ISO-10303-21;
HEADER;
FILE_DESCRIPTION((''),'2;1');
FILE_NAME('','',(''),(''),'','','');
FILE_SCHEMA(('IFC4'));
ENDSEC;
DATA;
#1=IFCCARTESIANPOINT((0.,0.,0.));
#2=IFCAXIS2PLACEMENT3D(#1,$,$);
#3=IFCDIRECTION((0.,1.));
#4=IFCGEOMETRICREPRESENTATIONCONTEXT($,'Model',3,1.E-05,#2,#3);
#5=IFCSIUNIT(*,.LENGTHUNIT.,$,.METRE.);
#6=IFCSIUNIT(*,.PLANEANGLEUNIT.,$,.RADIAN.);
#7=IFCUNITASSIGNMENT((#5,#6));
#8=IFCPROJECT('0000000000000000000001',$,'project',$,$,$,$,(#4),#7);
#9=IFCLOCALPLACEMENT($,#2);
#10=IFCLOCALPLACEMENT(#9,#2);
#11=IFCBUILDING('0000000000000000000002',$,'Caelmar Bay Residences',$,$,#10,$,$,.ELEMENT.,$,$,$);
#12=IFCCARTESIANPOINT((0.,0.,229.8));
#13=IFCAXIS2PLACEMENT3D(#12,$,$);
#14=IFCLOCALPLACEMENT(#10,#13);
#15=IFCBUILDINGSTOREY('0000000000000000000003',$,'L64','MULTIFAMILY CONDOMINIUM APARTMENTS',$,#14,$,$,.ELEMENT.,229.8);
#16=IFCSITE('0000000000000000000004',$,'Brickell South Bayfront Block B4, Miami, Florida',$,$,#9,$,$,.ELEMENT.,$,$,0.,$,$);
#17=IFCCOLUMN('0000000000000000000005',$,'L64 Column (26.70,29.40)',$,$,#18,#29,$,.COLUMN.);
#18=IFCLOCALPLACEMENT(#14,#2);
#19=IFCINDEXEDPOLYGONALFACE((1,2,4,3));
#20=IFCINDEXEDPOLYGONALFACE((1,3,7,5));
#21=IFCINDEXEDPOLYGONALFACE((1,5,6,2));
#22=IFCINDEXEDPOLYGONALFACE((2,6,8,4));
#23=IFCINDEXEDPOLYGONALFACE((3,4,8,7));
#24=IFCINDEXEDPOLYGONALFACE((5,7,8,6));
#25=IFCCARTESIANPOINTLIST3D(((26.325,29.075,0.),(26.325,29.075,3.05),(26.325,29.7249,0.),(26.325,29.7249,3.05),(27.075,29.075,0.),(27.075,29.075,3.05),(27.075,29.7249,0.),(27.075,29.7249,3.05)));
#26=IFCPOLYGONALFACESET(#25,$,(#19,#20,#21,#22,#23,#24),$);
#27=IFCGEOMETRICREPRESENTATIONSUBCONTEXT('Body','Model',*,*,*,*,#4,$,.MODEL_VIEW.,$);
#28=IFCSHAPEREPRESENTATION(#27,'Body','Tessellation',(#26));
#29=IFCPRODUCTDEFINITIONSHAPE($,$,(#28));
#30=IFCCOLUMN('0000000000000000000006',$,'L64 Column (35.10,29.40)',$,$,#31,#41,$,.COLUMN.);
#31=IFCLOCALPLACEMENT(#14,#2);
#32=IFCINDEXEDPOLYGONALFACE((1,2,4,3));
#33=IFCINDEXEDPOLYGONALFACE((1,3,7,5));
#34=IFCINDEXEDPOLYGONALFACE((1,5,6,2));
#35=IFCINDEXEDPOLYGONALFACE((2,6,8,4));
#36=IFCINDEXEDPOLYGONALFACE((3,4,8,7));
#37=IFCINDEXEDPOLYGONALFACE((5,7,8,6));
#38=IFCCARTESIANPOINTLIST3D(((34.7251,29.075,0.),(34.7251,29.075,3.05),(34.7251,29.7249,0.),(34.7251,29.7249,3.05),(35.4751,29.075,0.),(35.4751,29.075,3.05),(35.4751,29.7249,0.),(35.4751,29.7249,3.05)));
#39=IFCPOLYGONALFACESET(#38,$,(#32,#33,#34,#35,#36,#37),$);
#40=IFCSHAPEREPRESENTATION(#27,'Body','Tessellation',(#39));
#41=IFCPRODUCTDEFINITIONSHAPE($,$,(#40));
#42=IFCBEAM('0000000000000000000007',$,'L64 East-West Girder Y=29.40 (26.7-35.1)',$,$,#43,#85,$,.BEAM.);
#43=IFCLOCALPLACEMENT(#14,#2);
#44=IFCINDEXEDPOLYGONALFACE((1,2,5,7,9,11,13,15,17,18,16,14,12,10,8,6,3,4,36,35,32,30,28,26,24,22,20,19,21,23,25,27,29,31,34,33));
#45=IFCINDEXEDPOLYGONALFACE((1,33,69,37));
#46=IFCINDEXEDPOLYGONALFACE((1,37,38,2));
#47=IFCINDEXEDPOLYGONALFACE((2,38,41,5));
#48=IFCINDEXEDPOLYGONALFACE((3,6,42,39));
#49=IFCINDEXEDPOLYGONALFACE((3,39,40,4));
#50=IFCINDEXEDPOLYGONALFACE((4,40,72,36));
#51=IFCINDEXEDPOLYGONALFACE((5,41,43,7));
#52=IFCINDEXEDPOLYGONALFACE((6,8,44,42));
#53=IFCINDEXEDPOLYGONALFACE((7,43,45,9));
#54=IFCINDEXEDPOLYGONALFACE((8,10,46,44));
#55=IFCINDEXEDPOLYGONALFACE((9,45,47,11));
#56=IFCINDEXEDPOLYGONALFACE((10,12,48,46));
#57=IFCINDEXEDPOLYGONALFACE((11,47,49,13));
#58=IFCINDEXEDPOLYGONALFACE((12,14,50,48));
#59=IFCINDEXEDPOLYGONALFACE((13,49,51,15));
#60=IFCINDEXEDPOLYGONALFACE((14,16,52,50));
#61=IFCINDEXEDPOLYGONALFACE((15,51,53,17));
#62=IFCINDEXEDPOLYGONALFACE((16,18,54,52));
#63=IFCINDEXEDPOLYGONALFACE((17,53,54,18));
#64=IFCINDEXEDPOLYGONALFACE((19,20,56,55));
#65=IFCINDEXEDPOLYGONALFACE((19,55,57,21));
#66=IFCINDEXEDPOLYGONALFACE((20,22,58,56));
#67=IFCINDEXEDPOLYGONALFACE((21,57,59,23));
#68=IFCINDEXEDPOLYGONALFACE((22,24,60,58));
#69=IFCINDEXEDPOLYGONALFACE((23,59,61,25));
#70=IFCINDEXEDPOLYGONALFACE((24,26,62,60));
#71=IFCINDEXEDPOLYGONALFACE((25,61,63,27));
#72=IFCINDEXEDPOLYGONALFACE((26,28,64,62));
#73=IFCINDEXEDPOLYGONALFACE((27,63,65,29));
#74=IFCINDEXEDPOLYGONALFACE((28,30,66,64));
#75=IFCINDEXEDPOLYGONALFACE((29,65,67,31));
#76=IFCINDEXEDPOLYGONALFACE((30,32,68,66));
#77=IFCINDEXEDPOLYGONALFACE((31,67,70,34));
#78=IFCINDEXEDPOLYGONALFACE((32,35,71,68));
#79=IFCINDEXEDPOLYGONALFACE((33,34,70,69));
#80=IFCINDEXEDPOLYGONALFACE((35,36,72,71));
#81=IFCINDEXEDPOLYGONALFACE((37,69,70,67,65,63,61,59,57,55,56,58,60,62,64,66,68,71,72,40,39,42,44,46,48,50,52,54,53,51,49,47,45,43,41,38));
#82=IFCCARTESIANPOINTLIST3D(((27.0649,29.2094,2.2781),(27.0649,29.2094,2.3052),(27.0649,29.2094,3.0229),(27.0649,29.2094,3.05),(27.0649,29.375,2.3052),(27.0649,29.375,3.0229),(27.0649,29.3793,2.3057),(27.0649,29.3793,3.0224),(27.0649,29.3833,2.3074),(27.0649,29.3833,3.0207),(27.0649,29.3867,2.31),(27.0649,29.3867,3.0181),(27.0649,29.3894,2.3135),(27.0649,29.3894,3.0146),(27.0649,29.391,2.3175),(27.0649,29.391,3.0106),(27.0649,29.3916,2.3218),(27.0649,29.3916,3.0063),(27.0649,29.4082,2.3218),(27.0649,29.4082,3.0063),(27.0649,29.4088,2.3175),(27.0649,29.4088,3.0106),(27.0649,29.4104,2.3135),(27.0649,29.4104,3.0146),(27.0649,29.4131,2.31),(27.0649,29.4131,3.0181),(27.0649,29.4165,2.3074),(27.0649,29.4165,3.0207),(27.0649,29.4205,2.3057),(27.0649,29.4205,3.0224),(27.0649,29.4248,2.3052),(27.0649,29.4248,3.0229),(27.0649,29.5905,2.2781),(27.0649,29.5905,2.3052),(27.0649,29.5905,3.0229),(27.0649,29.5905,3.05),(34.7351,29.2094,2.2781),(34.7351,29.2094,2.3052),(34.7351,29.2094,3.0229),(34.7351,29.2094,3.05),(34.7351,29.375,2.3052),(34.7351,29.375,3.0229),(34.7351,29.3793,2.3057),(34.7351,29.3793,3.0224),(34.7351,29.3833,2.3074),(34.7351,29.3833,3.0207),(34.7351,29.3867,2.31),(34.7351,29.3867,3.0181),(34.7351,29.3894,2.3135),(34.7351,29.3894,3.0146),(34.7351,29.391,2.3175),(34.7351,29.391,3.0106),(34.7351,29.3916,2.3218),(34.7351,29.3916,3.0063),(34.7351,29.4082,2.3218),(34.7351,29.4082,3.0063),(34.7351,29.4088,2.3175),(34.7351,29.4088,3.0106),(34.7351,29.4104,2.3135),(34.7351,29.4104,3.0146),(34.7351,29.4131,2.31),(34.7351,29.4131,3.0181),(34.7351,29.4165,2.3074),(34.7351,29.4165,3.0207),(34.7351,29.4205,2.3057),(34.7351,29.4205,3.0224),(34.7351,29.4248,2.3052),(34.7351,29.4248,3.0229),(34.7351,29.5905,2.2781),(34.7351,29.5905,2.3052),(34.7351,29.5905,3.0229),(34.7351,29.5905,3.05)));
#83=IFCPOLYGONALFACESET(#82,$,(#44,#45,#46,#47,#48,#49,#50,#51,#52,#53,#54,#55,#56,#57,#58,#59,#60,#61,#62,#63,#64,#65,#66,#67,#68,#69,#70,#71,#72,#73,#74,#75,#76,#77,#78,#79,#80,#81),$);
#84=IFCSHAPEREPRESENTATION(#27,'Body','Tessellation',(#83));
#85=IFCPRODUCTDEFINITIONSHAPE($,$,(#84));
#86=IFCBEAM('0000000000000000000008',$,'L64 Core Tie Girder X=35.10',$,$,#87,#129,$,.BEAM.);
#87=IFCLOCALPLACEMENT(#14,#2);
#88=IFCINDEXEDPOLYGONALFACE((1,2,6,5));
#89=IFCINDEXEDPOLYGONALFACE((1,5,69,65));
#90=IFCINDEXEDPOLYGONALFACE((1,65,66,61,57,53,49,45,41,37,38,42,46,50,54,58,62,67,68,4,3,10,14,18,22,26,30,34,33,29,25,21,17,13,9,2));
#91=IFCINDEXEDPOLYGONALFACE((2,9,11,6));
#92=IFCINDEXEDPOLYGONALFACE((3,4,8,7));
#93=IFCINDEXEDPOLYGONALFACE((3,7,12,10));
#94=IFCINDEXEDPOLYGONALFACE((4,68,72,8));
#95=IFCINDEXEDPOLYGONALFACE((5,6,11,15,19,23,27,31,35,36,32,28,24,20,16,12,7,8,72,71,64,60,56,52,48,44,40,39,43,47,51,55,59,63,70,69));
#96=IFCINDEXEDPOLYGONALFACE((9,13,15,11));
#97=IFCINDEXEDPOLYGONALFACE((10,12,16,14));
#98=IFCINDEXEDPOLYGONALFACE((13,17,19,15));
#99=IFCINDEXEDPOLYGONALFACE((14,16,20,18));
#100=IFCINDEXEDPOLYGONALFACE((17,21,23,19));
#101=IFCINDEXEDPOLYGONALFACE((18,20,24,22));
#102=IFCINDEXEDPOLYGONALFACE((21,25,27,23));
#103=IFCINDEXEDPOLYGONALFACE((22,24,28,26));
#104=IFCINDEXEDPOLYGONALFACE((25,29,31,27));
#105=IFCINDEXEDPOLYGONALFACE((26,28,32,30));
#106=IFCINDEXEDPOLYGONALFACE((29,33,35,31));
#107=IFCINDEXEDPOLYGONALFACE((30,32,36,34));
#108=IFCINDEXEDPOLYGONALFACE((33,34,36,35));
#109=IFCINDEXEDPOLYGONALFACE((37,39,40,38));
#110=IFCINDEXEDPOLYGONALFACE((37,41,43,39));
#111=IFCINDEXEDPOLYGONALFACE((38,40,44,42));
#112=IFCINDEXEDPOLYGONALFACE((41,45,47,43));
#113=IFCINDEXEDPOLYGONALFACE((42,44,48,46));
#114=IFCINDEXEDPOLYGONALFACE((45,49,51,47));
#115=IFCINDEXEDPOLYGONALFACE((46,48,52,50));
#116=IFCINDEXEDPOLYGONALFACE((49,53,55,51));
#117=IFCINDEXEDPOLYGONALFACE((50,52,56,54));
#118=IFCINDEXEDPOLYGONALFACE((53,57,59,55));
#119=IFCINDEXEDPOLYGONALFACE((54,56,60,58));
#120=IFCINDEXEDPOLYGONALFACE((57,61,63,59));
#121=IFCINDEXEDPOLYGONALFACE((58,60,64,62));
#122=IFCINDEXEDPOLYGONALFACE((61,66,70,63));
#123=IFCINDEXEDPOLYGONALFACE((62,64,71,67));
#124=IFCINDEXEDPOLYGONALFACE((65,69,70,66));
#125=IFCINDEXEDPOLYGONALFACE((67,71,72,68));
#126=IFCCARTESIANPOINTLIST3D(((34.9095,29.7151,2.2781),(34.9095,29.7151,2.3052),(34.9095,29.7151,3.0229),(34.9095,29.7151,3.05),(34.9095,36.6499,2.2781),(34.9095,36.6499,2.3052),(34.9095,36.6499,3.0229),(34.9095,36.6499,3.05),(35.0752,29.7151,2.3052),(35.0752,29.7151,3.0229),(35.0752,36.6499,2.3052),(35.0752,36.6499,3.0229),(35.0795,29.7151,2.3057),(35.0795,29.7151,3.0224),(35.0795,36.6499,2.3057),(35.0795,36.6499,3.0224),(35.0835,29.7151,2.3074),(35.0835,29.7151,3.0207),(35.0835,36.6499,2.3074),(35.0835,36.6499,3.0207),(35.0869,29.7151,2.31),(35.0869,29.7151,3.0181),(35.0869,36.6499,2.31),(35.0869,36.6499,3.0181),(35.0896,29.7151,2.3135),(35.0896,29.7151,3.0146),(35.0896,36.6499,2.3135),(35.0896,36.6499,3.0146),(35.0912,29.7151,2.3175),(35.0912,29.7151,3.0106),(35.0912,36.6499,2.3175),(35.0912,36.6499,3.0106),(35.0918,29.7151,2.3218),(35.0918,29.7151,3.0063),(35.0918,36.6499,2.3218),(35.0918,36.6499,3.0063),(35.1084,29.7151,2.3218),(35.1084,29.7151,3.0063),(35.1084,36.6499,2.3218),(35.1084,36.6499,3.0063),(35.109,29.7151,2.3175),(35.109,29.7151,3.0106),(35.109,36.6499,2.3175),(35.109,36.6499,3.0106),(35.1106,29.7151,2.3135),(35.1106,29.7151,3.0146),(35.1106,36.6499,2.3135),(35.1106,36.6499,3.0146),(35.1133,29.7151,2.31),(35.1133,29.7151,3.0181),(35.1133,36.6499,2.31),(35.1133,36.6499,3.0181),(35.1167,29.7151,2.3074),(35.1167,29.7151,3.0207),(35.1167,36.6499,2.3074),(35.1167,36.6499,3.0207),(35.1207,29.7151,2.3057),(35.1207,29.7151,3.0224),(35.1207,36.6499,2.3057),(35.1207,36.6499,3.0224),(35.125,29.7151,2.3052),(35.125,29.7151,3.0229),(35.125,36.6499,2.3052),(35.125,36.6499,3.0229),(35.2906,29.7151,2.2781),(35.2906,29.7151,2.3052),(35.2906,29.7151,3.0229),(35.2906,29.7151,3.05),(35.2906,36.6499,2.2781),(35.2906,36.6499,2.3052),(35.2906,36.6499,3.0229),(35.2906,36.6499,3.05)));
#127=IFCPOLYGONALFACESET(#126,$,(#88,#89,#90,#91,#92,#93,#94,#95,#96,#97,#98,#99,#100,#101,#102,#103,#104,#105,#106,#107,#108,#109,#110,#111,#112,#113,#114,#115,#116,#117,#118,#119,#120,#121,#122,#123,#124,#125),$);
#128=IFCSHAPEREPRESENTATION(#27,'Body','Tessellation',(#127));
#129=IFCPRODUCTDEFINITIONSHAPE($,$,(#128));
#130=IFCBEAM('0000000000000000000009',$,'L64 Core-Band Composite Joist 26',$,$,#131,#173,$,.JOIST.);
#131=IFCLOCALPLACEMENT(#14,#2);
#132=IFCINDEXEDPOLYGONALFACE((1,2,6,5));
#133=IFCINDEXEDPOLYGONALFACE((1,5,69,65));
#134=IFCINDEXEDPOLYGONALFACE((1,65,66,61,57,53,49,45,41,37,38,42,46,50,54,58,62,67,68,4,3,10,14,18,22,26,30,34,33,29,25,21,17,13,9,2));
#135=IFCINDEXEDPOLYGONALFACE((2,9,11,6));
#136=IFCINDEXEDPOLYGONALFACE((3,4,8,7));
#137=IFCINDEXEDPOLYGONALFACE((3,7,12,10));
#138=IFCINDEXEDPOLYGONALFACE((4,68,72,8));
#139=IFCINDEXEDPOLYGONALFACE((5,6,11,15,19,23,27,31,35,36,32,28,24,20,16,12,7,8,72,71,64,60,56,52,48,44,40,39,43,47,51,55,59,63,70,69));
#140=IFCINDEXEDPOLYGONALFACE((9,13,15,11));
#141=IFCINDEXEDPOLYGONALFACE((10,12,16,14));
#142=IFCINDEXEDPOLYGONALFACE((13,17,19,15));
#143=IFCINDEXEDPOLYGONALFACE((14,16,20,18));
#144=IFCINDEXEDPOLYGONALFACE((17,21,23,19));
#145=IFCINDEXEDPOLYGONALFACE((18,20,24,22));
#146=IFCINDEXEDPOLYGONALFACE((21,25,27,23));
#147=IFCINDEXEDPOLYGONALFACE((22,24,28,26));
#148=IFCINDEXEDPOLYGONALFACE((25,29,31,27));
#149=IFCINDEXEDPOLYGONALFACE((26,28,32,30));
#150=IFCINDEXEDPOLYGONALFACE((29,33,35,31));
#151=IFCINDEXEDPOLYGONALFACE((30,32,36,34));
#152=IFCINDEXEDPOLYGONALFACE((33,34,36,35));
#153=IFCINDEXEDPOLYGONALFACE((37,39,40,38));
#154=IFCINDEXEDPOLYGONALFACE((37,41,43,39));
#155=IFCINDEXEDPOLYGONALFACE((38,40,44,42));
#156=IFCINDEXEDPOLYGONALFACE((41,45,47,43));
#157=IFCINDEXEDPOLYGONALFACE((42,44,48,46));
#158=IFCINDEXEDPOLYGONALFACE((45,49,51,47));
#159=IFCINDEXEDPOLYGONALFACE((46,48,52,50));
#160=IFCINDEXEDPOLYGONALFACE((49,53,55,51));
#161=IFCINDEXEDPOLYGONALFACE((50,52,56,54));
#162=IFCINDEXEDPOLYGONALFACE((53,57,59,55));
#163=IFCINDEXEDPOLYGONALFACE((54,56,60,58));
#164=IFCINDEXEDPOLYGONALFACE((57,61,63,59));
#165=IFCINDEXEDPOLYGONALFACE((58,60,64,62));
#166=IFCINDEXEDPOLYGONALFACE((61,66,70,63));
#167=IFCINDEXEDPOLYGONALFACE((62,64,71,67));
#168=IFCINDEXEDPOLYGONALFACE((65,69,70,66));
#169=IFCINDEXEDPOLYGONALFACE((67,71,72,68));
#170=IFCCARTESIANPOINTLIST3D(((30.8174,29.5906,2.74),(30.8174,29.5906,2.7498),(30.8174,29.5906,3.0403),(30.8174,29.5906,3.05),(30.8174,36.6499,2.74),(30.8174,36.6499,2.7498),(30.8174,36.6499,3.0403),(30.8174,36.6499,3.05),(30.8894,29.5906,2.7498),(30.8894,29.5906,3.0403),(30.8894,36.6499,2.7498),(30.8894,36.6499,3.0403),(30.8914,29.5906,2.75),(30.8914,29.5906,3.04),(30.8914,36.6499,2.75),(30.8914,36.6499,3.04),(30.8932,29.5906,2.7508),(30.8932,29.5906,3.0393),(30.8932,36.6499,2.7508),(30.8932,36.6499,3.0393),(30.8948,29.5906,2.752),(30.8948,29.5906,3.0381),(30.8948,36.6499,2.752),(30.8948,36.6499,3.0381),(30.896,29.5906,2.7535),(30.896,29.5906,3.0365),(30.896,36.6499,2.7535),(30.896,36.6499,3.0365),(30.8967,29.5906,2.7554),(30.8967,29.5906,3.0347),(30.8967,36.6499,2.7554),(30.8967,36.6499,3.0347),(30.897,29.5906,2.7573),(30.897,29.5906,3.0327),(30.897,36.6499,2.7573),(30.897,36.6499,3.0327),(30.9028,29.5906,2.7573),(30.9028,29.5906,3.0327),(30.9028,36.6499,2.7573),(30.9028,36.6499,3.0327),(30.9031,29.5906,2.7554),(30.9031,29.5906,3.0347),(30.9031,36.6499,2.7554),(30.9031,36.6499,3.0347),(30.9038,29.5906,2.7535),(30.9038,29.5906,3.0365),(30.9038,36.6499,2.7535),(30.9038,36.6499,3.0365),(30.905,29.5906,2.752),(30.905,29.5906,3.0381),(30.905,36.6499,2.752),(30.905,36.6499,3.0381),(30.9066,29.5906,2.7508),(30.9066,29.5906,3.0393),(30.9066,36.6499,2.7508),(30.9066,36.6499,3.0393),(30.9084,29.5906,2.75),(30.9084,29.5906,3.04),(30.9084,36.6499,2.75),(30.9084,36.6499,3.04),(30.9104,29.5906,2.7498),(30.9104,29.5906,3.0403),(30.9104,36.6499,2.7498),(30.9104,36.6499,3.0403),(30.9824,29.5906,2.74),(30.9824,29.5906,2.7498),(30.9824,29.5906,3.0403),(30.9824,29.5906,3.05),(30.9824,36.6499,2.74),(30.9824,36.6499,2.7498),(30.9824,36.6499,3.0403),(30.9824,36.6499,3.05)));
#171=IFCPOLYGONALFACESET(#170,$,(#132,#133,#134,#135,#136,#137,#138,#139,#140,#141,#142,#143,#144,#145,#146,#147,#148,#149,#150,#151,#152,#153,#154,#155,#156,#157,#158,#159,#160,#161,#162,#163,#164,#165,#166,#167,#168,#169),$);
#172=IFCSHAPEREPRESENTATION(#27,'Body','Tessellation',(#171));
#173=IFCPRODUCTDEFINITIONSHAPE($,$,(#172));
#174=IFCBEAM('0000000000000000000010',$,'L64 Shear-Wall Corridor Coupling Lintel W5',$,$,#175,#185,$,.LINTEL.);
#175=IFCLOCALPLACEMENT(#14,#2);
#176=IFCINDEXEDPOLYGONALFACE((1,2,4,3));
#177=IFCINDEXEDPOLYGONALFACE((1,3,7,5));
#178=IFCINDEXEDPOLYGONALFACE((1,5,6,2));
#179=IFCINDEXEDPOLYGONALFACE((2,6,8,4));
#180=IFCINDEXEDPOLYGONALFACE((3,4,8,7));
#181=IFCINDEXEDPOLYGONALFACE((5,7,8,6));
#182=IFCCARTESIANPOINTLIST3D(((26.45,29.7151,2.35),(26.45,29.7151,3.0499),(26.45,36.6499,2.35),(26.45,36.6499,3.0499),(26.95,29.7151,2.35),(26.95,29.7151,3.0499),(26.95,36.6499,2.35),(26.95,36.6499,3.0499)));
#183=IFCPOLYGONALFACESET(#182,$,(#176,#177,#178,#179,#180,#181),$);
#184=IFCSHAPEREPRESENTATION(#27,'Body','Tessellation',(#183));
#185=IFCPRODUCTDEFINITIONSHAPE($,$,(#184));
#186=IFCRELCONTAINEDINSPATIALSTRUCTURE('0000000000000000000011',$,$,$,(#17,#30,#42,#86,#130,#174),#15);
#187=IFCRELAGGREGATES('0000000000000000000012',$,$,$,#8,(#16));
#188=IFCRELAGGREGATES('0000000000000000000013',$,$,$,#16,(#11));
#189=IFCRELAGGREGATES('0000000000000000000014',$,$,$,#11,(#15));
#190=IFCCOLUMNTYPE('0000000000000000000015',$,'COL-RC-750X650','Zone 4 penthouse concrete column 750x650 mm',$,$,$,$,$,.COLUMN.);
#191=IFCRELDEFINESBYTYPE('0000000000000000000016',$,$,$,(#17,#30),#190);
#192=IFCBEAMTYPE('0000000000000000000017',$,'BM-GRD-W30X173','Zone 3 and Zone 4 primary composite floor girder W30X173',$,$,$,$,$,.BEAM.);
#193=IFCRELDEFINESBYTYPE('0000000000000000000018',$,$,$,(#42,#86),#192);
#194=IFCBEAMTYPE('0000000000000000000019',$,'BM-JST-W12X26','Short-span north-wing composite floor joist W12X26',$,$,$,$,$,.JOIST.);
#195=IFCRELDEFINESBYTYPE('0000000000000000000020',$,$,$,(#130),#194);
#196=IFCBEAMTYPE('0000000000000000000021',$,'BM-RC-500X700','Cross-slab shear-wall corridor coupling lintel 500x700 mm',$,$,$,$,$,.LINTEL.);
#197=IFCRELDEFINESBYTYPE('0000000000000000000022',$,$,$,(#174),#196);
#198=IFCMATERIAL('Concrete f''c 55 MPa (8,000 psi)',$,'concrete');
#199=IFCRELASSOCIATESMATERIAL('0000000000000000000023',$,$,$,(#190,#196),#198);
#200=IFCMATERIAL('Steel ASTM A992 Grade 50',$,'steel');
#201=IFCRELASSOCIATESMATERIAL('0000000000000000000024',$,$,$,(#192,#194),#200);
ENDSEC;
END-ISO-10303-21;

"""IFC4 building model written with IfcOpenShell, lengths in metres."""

from ifc_helpers import new_model, si_unit, direction, frame, origin, origin_2d, place, context, subcontext, project, spatial, rectangle, i_section, extrude, material, material_profile, profile_set, type_object, element, save


model = new_model("IFC4")

# Units and contexts
model_context = context("Model", 3, precision=1e-05, world=origin(), true_north=direction((0.0, 1.0)))
body_context = subcontext(model_context, "Body", "Model", "MODEL_VIEW")
ifc_project = project(units=[si_unit("LENGTHUNIT", "METRE"), si_unit("PLANEANGLEUNIT", "RADIAN")], contexts=[model_context])

# Site, building, storey
site_placement = place(None, origin())
site = spatial("IfcSite", under=ifc_project, at=site_placement, Name="Brickell South Bayfront Block B4, Miami, Florida", CompositionType="ELEMENT", RefElevation=0.0)
building_placement = place(site_placement, origin())
building = spatial("IfcBuilding", under=site, at=building_placement, Name="Caelmar Bay Residences", CompositionType="ELEMENT")
storey_placement = place(building_placement, frame((0.0, 0.0, 229.8)))
storey = spatial("IfcBuildingStorey", under=building, at=storey_placement, Name="L64", Description="MULTIFAMILY CONDOMINIUM APARTMENTS", CompositionType="ELEMENT", Elevation=229.8)

# Columns
ifc_material_1 = material(Name="Concrete f'c 55 MPa (8,000 psi)", Category="concrete")
ifc_material_profile_1 = material_profile(ifc_material_1, rectangle(XDim=0.75, YDim=0.6499, at=origin_2d()), Name="RC-COL-750X650")
ifc_profile_set_1 = profile_set([ifc_material_profile_1], Name="Concrete f'c 55 MPa (8,000 psi)")
column_type = type_object("IfcColumnType", Name="COL-RC-750X650", Description="Zone 4 penthouse concrete column 750x650 mm", PredefinedType="COLUMN", material=ifc_profile_set_1)
for number, where, z_axis, x_axis, name in (
    (1, (26.7, 29.3999, 0.0), (0.0, 0.0, 1.0), (1.0, 0.0, 0.0), "L64 Column (26.70,29.40)"),
    (2, (35.1001, 29.3999, 0.0), (0.0, 0.0, 1.0), (1.0, 0.0, 0.0), "L64 Column (35.10,29.40)"),
):
    element("IfcColumn", number, at=place(storey_placement, frame(where, z_axis=z_axis, x_axis=x_axis)), inside=storey, type_object=column_type, Name=name, PredefinedType="COLUMN", context=body_context, shape_type="SweptSolid", body=[
        extrude(rectangle(XDim=0.75, YDim=0.6499, at=origin_2d()), origin(), (0.0, 0.0, 1.0), 3.05),
    ])

# Beams
ifc_material_2 = material(Name="Steel ASTM A992 Grade 50", Category="steel")
ifc_material_profile_2 = material_profile(ifc_material_2, i_section(OverallWidth=0.3811, OverallDepth=0.772, WebThickness=0.0166, FlangeThickness=0.0271, FilletRadius=0.0166, at=origin_2d()), Name="W30X173")
ifc_profile_set_2 = profile_set([ifc_material_profile_2], Name="Steel ASTM A992 Grade 50")
beam_type_1 = type_object("IfcBeamType", Name="BM-GRD-W30X173", Description="Zone 3 and Zone 4 primary composite floor girder W30X173", PredefinedType="BEAM", material=ifc_profile_set_2)
beam_1_placement = place(storey_placement, frame((27.0649, 29.3999, 2.6641), z_axis=(1.0, 0.0, 0.0), x_axis=(0.0, 1.0, 0.0)))
element("IfcBeam", 3, at=beam_1_placement, inside=storey, type_object=beam_type_1, Name="L64 East-West Girder Y=29.40 (26.7-35.1)", PredefinedType="BEAM", context=body_context, shape_type="SweptSolid", body=[
    extrude(i_section(OverallWidth=0.3811, OverallDepth=0.772, WebThickness=0.0166, FlangeThickness=0.0271, FilletRadius=0.0166, at=origin_2d()), origin(), (0.0, 0.0, 1.0), 7.6702),
])
beam_2_placement = place(storey_placement, frame((35.1001, 29.7151, 2.6641), z_axis=(0.0, 1.0, 0.0), x_axis=(-1.0, 0.0, 0.0)))
element("IfcBeam", 4, at=beam_2_placement, inside=storey, type_object=beam_type_1, Name="L64 Core Tie Girder X=35.10", PredefinedType="BEAM", context=body_context, shape_type="SweptSolid", body=[
    extrude(i_section(OverallWidth=0.3811, OverallDepth=0.772, WebThickness=0.0166, FlangeThickness=0.0271, FilletRadius=0.0166, at=origin_2d()), origin(), (0.0, 0.0, 1.0), 6.9348),
])
ifc_material_profile_3 = material_profile(ifc_material_2, i_section(OverallWidth=0.165, OverallDepth=0.3101, WebThickness=0.0059, FlangeThickness=0.0098, FilletRadius=0.0076, at=origin_2d()), Name="W12X26")
ifc_profile_set_3 = profile_set([ifc_material_profile_3], Name="Steel ASTM A992 Grade 50")
beam_type_2 = type_object("IfcBeamType", Name="BM-JST-W12X26", Description="Short-span north-wing composite floor joist W12X26", PredefinedType="JOIST", material=ifc_profile_set_3)
beam_3_placement = place(storey_placement, frame((30.8999, 29.5906, 2.895), z_axis=(0.0, 1.0, 0.0), x_axis=(-1.0, 0.0, 0.0)))
element("IfcBeam", 5, at=beam_3_placement, inside=storey, type_object=beam_type_2, Name="L64 Core-Band Composite Joist 26", PredefinedType="JOIST", context=body_context, shape_type="SweptSolid", body=[
    extrude(i_section(OverallWidth=0.165, OverallDepth=0.3101, WebThickness=0.0059, FlangeThickness=0.0098, FilletRadius=0.0076, at=origin_2d()), origin(), (0.0, 0.0, 1.0), 7.0593),
])
ifc_material_profile_4 = material_profile(ifc_material_1, rectangle(XDim=0.5, YDim=0.7, at=origin_2d()), Name="RC-BM-500X700")
ifc_profile_set_4 = profile_set([ifc_material_profile_4], Name="Concrete f'c 55 MPa (8,000 psi)")
beam_type_3 = type_object("IfcBeamType", Name="BM-RC-500X700", Description="Cross-slab shear-wall corridor coupling lintel 500x700 mm", PredefinedType="LINTEL", material=ifc_profile_set_4)
beam_4_placement = place(storey_placement, frame((26.7, 29.7151, 2.7), z_axis=(0.0, 1.0, 0.0), x_axis=(-1.0, 0.0, 0.0)))
element("IfcBeam", 6, at=beam_4_placement, inside=storey, type_object=beam_type_3, Name="L64 Shear-Wall Corridor Coupling Lintel W5", PredefinedType="LINTEL", context=body_context, shape_type="SweptSolid", body=[
    extrude(rectangle(XDim=0.5, YDim=0.7, at=origin_2d()), origin(), (0.0, 0.0, 1.0), 6.9348),
])

save(model, "model.ifc")
